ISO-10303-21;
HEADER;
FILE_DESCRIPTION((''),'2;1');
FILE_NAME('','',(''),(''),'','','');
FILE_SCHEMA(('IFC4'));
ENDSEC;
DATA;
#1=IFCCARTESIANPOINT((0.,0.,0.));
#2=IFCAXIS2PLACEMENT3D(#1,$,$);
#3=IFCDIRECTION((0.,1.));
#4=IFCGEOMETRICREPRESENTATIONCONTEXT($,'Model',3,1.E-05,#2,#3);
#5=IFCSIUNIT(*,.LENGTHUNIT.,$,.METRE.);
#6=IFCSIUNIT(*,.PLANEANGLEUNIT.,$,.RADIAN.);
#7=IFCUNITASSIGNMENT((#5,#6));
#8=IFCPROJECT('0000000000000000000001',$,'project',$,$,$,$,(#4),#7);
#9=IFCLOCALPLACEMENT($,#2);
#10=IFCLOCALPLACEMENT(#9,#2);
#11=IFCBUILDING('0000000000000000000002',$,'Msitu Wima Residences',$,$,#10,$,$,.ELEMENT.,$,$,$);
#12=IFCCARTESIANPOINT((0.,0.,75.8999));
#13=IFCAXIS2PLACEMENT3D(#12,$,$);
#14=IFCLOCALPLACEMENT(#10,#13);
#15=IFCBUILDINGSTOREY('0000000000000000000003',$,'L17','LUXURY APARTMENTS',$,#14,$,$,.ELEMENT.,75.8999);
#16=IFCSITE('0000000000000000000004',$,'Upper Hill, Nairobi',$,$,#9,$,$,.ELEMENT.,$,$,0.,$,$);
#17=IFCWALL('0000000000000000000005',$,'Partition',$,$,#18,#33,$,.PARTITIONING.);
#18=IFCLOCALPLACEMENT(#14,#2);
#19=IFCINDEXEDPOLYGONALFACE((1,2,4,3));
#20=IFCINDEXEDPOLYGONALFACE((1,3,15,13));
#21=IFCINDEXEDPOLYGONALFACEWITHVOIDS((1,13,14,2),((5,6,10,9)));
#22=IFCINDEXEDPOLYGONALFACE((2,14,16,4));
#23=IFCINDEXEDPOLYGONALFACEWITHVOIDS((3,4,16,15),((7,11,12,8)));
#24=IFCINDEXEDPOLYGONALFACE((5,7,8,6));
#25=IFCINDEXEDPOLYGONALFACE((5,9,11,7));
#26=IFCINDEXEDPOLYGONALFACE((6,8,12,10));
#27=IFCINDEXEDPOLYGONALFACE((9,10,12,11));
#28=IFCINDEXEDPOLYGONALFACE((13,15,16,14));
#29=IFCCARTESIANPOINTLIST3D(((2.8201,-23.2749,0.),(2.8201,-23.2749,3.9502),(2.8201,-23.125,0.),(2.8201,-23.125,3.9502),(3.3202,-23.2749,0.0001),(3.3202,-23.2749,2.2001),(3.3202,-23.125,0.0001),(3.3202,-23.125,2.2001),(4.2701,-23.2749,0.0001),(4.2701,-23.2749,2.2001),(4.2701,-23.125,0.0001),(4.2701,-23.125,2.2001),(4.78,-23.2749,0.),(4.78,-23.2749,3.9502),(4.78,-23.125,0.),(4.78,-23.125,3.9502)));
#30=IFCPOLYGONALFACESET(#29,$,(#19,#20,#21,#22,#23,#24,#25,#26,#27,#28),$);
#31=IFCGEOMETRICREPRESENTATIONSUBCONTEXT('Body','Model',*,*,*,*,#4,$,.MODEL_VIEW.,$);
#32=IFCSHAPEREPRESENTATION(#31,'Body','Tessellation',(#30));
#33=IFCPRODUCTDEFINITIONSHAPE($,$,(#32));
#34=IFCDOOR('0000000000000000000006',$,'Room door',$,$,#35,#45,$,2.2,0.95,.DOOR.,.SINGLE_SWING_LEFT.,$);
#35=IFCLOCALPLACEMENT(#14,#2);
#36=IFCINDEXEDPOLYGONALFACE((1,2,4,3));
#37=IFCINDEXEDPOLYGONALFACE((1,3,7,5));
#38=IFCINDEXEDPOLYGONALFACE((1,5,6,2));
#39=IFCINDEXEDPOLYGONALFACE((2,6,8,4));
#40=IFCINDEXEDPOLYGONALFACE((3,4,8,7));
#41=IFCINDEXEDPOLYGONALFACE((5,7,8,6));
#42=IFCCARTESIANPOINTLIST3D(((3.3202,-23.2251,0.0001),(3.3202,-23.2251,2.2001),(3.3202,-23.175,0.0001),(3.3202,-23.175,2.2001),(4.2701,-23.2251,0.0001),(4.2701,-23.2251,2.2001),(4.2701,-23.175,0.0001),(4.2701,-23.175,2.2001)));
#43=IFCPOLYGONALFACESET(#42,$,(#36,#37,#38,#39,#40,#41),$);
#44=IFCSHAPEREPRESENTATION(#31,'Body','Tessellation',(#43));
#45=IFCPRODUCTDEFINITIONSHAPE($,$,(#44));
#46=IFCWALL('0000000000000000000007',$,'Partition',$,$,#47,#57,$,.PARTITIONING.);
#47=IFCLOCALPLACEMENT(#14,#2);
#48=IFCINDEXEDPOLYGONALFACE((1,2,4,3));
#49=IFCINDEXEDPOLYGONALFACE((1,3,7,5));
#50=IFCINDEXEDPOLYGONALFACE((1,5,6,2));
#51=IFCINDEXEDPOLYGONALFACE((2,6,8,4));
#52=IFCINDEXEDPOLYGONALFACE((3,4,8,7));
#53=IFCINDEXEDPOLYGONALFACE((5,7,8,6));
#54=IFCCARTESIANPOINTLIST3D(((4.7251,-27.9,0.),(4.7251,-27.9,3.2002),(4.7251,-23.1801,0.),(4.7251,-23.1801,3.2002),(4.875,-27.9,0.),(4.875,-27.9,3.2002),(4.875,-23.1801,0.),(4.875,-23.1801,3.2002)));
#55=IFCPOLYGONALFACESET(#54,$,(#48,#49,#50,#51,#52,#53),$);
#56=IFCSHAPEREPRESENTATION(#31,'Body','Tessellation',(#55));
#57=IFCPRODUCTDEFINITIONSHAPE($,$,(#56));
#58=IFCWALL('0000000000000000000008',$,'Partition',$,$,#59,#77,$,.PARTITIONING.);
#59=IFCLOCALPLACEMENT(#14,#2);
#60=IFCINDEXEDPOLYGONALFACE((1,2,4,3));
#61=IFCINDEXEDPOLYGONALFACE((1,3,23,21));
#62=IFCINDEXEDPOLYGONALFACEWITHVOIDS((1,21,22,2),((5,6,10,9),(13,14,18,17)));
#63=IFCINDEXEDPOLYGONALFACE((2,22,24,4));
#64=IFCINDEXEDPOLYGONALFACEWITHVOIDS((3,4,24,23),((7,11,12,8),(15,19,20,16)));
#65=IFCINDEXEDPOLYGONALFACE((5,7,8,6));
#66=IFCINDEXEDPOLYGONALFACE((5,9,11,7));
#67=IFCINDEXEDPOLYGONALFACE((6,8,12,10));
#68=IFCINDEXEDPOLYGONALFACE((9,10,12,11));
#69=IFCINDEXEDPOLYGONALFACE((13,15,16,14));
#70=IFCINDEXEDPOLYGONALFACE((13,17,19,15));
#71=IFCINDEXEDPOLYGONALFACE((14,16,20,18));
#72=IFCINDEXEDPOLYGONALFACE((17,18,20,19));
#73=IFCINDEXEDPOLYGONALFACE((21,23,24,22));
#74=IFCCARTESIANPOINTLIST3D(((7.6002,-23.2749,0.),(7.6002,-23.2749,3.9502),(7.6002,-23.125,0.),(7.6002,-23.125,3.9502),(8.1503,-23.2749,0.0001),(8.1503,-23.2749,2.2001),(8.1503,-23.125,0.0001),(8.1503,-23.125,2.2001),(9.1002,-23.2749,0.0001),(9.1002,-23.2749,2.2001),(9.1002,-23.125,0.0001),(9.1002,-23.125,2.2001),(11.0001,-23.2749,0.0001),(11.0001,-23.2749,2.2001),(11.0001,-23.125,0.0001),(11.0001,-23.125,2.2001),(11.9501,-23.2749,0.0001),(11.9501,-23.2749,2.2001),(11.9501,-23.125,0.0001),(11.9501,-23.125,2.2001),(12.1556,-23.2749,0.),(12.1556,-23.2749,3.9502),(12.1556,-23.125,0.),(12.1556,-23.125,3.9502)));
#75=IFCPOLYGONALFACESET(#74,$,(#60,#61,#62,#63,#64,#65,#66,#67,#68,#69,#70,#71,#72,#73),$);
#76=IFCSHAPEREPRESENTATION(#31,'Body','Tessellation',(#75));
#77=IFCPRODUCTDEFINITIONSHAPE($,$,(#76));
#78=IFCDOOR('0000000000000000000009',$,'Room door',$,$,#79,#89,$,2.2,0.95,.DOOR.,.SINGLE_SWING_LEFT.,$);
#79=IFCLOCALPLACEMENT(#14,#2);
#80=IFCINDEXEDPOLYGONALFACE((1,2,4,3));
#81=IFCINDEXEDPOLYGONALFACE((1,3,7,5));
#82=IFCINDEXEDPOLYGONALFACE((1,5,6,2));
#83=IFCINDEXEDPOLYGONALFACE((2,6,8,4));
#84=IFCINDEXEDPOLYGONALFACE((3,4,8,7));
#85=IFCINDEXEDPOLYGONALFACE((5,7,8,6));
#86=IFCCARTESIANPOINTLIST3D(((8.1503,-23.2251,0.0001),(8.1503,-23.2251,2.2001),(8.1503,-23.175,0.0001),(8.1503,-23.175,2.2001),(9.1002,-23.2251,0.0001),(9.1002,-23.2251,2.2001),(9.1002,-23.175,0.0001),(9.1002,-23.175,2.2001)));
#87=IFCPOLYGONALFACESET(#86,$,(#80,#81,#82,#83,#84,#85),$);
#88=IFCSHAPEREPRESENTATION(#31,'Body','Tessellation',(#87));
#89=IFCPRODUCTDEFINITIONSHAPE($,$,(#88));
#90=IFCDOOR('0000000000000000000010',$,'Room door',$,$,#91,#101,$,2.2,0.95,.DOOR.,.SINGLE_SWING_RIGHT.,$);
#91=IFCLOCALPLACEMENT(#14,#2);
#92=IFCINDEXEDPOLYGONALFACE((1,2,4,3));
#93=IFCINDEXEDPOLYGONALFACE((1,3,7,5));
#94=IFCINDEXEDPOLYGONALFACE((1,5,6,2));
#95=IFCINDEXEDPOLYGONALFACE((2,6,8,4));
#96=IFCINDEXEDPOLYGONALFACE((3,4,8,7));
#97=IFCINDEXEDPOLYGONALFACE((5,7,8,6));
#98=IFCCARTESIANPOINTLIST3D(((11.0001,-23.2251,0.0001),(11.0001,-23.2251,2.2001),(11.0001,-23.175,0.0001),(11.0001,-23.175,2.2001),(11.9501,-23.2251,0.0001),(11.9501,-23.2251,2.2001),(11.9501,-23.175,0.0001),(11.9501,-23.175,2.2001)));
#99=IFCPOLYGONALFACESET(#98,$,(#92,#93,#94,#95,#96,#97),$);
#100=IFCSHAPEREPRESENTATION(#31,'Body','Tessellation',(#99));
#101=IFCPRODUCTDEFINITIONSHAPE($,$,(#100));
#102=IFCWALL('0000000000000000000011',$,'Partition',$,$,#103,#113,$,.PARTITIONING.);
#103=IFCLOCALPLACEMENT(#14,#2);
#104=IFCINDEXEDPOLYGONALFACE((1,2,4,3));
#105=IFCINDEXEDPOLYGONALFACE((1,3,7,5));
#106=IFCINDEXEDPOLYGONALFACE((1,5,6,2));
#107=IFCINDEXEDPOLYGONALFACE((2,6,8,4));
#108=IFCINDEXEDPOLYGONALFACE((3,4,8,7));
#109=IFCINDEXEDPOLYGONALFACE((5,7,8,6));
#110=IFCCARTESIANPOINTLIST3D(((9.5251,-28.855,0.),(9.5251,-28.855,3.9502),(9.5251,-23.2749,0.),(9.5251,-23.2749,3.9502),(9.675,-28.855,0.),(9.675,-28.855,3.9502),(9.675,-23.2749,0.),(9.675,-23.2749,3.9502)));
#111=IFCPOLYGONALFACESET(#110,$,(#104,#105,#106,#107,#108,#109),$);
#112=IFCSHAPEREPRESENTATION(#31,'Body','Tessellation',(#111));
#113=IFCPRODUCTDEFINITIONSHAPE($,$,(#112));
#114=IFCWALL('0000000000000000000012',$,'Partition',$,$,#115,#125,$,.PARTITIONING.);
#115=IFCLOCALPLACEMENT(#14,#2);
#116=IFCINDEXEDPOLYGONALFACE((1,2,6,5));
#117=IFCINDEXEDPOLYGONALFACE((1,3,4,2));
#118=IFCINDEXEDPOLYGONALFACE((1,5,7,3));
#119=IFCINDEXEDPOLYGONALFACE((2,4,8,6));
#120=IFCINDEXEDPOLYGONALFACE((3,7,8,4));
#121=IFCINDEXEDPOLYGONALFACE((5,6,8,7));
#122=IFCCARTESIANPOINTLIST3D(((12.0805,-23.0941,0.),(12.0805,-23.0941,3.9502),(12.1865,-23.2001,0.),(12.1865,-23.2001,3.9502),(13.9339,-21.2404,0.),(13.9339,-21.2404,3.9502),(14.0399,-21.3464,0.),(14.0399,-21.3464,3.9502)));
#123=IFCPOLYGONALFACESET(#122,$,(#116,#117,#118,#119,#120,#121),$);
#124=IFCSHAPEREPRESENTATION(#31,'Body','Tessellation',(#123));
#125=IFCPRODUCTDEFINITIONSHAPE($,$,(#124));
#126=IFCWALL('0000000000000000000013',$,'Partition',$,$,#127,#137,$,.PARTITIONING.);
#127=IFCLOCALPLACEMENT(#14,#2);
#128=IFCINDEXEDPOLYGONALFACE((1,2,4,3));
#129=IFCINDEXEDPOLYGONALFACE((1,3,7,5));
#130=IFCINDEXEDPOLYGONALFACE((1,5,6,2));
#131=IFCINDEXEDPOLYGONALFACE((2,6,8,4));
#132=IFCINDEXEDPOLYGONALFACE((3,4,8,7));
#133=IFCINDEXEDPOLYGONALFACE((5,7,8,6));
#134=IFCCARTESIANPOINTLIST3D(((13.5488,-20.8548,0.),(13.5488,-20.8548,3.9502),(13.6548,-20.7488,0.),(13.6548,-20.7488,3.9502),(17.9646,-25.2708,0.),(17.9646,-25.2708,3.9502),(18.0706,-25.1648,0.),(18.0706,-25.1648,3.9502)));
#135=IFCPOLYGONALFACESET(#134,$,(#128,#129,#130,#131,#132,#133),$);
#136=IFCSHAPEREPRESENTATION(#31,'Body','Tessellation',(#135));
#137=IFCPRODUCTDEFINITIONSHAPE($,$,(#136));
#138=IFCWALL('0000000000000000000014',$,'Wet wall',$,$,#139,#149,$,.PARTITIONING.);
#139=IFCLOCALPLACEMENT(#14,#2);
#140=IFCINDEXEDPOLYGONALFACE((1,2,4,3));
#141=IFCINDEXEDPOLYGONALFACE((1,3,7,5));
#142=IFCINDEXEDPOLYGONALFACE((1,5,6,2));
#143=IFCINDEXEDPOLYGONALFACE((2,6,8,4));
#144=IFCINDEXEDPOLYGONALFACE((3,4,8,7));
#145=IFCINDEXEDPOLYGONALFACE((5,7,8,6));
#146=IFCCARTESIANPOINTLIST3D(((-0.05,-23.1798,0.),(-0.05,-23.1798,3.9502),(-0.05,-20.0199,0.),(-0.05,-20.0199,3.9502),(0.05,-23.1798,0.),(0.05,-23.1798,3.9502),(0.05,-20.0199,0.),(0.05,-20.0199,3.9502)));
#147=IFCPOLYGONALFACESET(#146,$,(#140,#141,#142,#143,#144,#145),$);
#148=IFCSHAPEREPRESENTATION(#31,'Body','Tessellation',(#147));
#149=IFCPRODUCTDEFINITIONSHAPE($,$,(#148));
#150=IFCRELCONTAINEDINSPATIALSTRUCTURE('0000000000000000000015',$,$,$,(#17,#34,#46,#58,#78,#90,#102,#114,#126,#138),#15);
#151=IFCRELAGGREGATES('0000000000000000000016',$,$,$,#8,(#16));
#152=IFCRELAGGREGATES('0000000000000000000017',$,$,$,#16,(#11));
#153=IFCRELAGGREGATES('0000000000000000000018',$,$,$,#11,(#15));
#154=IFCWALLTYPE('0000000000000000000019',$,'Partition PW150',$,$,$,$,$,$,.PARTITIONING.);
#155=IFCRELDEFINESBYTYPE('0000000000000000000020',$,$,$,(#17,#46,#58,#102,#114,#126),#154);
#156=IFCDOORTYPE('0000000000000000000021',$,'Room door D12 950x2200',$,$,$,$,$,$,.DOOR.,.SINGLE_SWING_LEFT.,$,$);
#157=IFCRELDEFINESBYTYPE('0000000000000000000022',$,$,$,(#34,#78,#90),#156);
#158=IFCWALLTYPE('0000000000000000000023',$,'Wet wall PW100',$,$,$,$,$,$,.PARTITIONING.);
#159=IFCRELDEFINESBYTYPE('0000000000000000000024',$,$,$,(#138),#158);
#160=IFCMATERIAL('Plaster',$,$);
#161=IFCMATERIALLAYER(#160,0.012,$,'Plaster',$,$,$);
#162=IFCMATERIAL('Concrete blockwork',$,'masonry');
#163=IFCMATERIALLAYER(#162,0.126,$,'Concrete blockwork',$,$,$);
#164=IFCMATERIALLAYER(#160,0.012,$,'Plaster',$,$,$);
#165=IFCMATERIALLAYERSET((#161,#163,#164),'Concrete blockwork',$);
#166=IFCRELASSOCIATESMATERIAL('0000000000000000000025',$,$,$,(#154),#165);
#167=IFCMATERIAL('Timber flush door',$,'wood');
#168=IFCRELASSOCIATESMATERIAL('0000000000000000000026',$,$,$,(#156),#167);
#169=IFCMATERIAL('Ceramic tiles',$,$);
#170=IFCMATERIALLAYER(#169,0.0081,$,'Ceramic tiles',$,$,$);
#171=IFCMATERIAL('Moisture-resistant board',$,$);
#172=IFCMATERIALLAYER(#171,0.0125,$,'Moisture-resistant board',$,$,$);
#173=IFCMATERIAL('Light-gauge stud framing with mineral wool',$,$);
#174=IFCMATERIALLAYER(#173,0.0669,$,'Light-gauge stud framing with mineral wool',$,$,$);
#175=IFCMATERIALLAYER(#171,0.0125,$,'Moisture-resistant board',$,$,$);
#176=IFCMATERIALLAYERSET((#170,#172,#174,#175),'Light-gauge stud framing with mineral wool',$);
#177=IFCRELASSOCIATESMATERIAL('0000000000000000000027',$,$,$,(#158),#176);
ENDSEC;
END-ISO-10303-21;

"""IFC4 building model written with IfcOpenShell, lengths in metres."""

from ifc_helpers import new_model, si_unit, direction, frame, frame_2d, origin, place, context, subcontext, project, spatial, rectangle, extrude, material, layer, layer_set, type_object, element, fill, save


model = new_model("IFC4")

# Units and contexts
model_context = context("Model", 3, precision=1e-05, world=origin(), true_north=direction((0.0, 1.0)))
body_context = subcontext(model_context, "Body", "Model", "MODEL_VIEW")
ifc_project = project(units=[si_unit("LENGTHUNIT", "METRE"), si_unit("PLANEANGLEUNIT", "RADIAN")], contexts=[model_context])

# Site, building, storey
site_placement = place(None, origin())
site = spatial("IfcSite", under=ifc_project, at=site_placement, Name="Upper Hill, Nairobi", CompositionType="ELEMENT", RefElevation=0.0)
building_placement = place(site_placement, origin())
building = spatial("IfcBuilding", under=site, at=building_placement, Name="Msitu Wima Residences", CompositionType="ELEMENT")
storey_placement = place(building_placement, frame((0.0, 0.0, 75.8999)))
storey = spatial("IfcBuildingStorey", under=building, at=storey_placement, Name="L17", Description="LUXURY APARTMENTS", CompositionType="ELEMENT", Elevation=75.8999)

# Shared definitions
ifc_material_1 = material(Name="Plaster")
ifc_layer_1 = layer(ifc_material_1, 0.012, Name="Plaster")
ifc_material_2 = material(Name="Concrete blockwork", Category="masonry")
ifc_layer_2 = layer(ifc_material_2, 0.126, Name="Concrete blockwork")
ifc_layer_3 = layer(ifc_material_1, 0.012, Name="Plaster")
ifc_layer_set_1 = layer_set([ifc_layer_1, ifc_layer_2, ifc_layer_3], Name="Concrete blockwork")
wall_type_1 = type_object("IfcWallType", Name="Partition PW150", PredefinedType="PARTITIONING", material=ifc_layer_set_1)

# Wall, opening, door
wall_1_placement = place(storey_placement, frame((2.8201, -23.2, 0.0), z_axis=(0.0, 0.0, 1.0), x_axis=(1.0, 0.0, 0.0)))
wall_1 = element("IfcWall", 1, at=wall_1_placement, inside=storey, type_object=wall_type_1, Name="Partition", PredefinedType="PARTITIONING", context=body_context, shape_type="SweptSolid", body=[
    extrude(rectangle(XDim=1.96, YDim=0.1499, at=frame_2d((0.98, 0.0))), origin(), (0.0, 0.0, 1.0), 3.9502),
])
opening_1_placement = place(wall_1_placement, frame((0.5, 0.0, 0.0)))
opening_1 = element("IfcOpeningElement", 2, at=opening_1_placement, cuts=wall_1, PredefinedType="OPENING", context=body_context, shape_type="SweptSolid", body=[
    extrude(rectangle(XDim=0.95, YDim=2.2, at=frame_2d((0.4751, 1.1001))), frame((0.0, 0.085, 0.0), z_axis=(0.0, -1.0, 0.0), x_axis=(1.0, 0.0, 0.0)), (0.0, 0.0, 1.0), 0.1699),
])
ifc_material_3 = material(Name="Timber flush door", Category="wood")
door_type_1 = type_object("IfcDoorType", Name="Room door D12 950x2200", OperationType="SINGLE_SWING_LEFT", PredefinedType="DOOR", material=ifc_material_3)
door_1_placement = place(opening_1_placement, origin())
door_1 = element("IfcDoor", 3, at=door_1_placement, inside=storey, type_object=door_type_1, Name="Room door", OperationType="SINGLE_SWING_LEFT", OverallHeight=2.2, OverallWidth=0.95, PredefinedType="DOOR", context=body_context, shape_type="SweptSolid", body=[
    extrude(rectangle(XDim=0.95, YDim=2.2, at=frame_2d((0.4751, 1.1001))), frame((0.0, 0.0249, 0.0), z_axis=(0.0, -1.0, 0.0), x_axis=(1.0, 0.0, 0.0)), (0.0, 0.0, 1.0), 0.05),
])
fill(opening_1, door_1)

# Wall
wall_2_placement = place(storey_placement, frame((4.8, -27.8999, 0.0), z_axis=(0.0, 0.0, 1.0), x_axis=(0.0, 1.0, 0.0)))
element("IfcWall", 4, at=wall_2_placement, inside=storey, type_object=wall_type_1, Name="Partition", PredefinedType="PARTITIONING", context=body_context, shape_type="SweptSolid", body=[
    extrude(rectangle(XDim=4.72, YDim=0.1499, at=frame_2d((2.3599, 0.0))), origin(), (0.0, 0.0, 1.0), 3.2002),
])

# Wall, openings, doors
wall_3_placement = place(storey_placement, frame((7.6001, -23.2, 0.0), z_axis=(0.0, 0.0, 1.0), x_axis=(1.0, 0.0, 0.0)))
wall_3 = element("IfcWall", 5, at=wall_3_placement, inside=storey, type_object=wall_type_1, Name="Partition", PredefinedType="PARTITIONING", context=body_context, shape_type="SweptSolid", body=[
    extrude(rectangle(XDim=4.5554, YDim=0.1499, at=frame_2d((2.2778, 0.0))), origin(), (0.0, 0.0, 1.0), 3.9502),
])
opening_2_placement = place(wall_3_placement, frame((0.55, 0.0, 0.0)))
opening_2 = element("IfcOpeningElement", 6, at=opening_2_placement, cuts=wall_3, PredefinedType="OPENING", context=body_context, shape_type="SweptSolid", body=[
    extrude(rectangle(XDim=0.95, YDim=2.2, at=frame_2d((0.4751, 1.1001))), frame((0.0, 0.085, 0.0), z_axis=(0.0, -1.0, 0.0), x_axis=(1.0, 0.0, 0.0)), (0.0, 0.0, 1.0), 0.1699),
])
opening_3_placement = place(wall_3_placement, frame((3.3999, 0.0, 0.0)))
opening_3 = element("IfcOpeningElement", 7, at=opening_3_placement, cuts=wall_3, PredefinedType="OPENING", context=body_context, shape_type="SweptSolid", body=[
    extrude(rectangle(XDim=0.95, YDim=2.2, at=frame_2d((0.4751, 1.1001))), frame((0.0, 0.085, 0.0), z_axis=(0.0, -1.0, 0.0), x_axis=(1.0, 0.0, 0.0)), (0.0, 0.0, 1.0), 0.1699),
])
door_2_placement = place(opening_2_placement, origin())
door_2 = element("IfcDoor", 8, at=door_2_placement, inside=storey, type_object=door_type_1, Name="Room door", OperationType="SINGLE_SWING_LEFT", OverallHeight=2.2, OverallWidth=0.95, PredefinedType="DOOR", context=body_context, shape_type="SweptSolid", body=[
    extrude(rectangle(XDim=0.95, YDim=2.2, at=frame_2d((0.4751, 1.1001))), frame((0.0, 0.0249, 0.0), z_axis=(0.0, -1.0, 0.0), x_axis=(1.0, 0.0, 0.0)), (0.0, 0.0, 1.0), 0.05),
])
fill(opening_2, door_2)
door_3_placement = place(opening_3_placement, origin())
door_3 = element("IfcDoor", 9, at=door_3_placement, inside=storey, type_object=door_type_1, Name="Room door", OperationType="SINGLE_SWING_RIGHT", OverallHeight=2.2, OverallWidth=0.95, PredefinedType="DOOR", context=body_context, shape_type="SweptSolid", body=[
    extrude(rectangle(XDim=0.95, YDim=2.2, at=frame_2d((0.4751, 1.1001))), frame((0.0, 0.0249, 0.0), z_axis=(0.0, -1.0, 0.0), x_axis=(1.0, 0.0, 0.0)), (0.0, 0.0, 1.0), 0.05),
])
fill(opening_3, door_3)

# Walls
wall_4_placement = place(storey_placement, frame((9.6001, -28.855, 0.0), z_axis=(0.0, 0.0, 1.0), x_axis=(0.0, 1.0, 0.0)))
element("IfcWall", 10, at=wall_4_placement, inside=storey, type_object=wall_type_1, Name="Partition", PredefinedType="PARTITIONING", context=body_context, shape_type="SweptSolid", body=[
    extrude(rectangle(XDim=5.5801, YDim=0.1499, at=frame_2d((2.79, 0.0))), origin(), (0.0, 0.0, 1.0), 3.9502),
])
wall_5_placement = place(storey_placement, frame((12.1335, -23.147, 0.0), z_axis=(0.0, 0.0, 1.0), x_axis=(0.70706, 0.707153, 0.0)))
element("IfcWall", 11, at=wall_5_placement, inside=storey, type_object=wall_type_1, Name="Partition", PredefinedType="PARTITIONING", context=body_context, shape_type="SweptSolid", body=[
    extrude(rectangle(XDim=2.6213, YDim=0.1499, at=frame_2d((1.3105, 0.0))), origin(), (0.0, 0.0, 1.0), 3.9502),
])
wall_6_placement = place(storey_placement, frame((13.6018, -20.8018, 0.0), z_axis=(0.0, 0.0, 1.0), x_axis=(0.707087, -0.707126, 0.0)))
element("IfcWall", 12, at=wall_6_placement, inside=storey, type_object=wall_type_1, Name="Partition", PredefinedType="PARTITIONING", context=body_context, shape_type="SweptSolid", body=[
    extrude(rectangle(XDim=6.2451, YDim=0.1499, at=frame_2d((3.1226, 0.0))), origin(), (0.0, 0.0, 1.0), 3.9502),
])
ifc_material_4 = material(Name="Ceramic tiles")
ifc_layer_4 = layer(ifc_material_4, 0.0081, Name="Ceramic tiles")
ifc_material_5 = material(Name="Moisture-resistant board")
ifc_layer_5 = layer(ifc_material_5, 0.0125, Name="Moisture-resistant board")
ifc_material_6 = material(Name="Light-gauge stud framing with mineral wool")
ifc_layer_6 = layer(ifc_material_6, 0.0669, Name="Light-gauge stud framing with mineral wool")
ifc_layer_7 = layer(ifc_material_5, 0.0125, Name="Moisture-resistant board")
ifc_layer_set_2 = layer_set([ifc_layer_4, ifc_layer_5, ifc_layer_6, ifc_layer_7], Name="Light-gauge stud framing with mineral wool")
wall_type_2 = type_object("IfcWallType", Name="Wet wall PW100", PredefinedType="PARTITIONING", material=ifc_layer_set_2)
wall_7_placement = place(storey_placement, frame((0.0, -23.1799, 0.0), z_axis=(0.0, 0.0, 1.0), x_axis=(0.0, 1.0, 0.0)))
element("IfcWall", 13, at=wall_7_placement, inside=storey, type_object=wall_type_2, Name="Wet wall", PredefinedType="PARTITIONING", context=body_context, shape_type="SweptSolid", body=[
    extrude(rectangle(XDim=3.1599, YDim=0.1001, at=frame_2d((1.5801, 0.0))), origin(), (0.0, 0.0, 1.0), 3.9502),
])

save(model, "model.ifc")
